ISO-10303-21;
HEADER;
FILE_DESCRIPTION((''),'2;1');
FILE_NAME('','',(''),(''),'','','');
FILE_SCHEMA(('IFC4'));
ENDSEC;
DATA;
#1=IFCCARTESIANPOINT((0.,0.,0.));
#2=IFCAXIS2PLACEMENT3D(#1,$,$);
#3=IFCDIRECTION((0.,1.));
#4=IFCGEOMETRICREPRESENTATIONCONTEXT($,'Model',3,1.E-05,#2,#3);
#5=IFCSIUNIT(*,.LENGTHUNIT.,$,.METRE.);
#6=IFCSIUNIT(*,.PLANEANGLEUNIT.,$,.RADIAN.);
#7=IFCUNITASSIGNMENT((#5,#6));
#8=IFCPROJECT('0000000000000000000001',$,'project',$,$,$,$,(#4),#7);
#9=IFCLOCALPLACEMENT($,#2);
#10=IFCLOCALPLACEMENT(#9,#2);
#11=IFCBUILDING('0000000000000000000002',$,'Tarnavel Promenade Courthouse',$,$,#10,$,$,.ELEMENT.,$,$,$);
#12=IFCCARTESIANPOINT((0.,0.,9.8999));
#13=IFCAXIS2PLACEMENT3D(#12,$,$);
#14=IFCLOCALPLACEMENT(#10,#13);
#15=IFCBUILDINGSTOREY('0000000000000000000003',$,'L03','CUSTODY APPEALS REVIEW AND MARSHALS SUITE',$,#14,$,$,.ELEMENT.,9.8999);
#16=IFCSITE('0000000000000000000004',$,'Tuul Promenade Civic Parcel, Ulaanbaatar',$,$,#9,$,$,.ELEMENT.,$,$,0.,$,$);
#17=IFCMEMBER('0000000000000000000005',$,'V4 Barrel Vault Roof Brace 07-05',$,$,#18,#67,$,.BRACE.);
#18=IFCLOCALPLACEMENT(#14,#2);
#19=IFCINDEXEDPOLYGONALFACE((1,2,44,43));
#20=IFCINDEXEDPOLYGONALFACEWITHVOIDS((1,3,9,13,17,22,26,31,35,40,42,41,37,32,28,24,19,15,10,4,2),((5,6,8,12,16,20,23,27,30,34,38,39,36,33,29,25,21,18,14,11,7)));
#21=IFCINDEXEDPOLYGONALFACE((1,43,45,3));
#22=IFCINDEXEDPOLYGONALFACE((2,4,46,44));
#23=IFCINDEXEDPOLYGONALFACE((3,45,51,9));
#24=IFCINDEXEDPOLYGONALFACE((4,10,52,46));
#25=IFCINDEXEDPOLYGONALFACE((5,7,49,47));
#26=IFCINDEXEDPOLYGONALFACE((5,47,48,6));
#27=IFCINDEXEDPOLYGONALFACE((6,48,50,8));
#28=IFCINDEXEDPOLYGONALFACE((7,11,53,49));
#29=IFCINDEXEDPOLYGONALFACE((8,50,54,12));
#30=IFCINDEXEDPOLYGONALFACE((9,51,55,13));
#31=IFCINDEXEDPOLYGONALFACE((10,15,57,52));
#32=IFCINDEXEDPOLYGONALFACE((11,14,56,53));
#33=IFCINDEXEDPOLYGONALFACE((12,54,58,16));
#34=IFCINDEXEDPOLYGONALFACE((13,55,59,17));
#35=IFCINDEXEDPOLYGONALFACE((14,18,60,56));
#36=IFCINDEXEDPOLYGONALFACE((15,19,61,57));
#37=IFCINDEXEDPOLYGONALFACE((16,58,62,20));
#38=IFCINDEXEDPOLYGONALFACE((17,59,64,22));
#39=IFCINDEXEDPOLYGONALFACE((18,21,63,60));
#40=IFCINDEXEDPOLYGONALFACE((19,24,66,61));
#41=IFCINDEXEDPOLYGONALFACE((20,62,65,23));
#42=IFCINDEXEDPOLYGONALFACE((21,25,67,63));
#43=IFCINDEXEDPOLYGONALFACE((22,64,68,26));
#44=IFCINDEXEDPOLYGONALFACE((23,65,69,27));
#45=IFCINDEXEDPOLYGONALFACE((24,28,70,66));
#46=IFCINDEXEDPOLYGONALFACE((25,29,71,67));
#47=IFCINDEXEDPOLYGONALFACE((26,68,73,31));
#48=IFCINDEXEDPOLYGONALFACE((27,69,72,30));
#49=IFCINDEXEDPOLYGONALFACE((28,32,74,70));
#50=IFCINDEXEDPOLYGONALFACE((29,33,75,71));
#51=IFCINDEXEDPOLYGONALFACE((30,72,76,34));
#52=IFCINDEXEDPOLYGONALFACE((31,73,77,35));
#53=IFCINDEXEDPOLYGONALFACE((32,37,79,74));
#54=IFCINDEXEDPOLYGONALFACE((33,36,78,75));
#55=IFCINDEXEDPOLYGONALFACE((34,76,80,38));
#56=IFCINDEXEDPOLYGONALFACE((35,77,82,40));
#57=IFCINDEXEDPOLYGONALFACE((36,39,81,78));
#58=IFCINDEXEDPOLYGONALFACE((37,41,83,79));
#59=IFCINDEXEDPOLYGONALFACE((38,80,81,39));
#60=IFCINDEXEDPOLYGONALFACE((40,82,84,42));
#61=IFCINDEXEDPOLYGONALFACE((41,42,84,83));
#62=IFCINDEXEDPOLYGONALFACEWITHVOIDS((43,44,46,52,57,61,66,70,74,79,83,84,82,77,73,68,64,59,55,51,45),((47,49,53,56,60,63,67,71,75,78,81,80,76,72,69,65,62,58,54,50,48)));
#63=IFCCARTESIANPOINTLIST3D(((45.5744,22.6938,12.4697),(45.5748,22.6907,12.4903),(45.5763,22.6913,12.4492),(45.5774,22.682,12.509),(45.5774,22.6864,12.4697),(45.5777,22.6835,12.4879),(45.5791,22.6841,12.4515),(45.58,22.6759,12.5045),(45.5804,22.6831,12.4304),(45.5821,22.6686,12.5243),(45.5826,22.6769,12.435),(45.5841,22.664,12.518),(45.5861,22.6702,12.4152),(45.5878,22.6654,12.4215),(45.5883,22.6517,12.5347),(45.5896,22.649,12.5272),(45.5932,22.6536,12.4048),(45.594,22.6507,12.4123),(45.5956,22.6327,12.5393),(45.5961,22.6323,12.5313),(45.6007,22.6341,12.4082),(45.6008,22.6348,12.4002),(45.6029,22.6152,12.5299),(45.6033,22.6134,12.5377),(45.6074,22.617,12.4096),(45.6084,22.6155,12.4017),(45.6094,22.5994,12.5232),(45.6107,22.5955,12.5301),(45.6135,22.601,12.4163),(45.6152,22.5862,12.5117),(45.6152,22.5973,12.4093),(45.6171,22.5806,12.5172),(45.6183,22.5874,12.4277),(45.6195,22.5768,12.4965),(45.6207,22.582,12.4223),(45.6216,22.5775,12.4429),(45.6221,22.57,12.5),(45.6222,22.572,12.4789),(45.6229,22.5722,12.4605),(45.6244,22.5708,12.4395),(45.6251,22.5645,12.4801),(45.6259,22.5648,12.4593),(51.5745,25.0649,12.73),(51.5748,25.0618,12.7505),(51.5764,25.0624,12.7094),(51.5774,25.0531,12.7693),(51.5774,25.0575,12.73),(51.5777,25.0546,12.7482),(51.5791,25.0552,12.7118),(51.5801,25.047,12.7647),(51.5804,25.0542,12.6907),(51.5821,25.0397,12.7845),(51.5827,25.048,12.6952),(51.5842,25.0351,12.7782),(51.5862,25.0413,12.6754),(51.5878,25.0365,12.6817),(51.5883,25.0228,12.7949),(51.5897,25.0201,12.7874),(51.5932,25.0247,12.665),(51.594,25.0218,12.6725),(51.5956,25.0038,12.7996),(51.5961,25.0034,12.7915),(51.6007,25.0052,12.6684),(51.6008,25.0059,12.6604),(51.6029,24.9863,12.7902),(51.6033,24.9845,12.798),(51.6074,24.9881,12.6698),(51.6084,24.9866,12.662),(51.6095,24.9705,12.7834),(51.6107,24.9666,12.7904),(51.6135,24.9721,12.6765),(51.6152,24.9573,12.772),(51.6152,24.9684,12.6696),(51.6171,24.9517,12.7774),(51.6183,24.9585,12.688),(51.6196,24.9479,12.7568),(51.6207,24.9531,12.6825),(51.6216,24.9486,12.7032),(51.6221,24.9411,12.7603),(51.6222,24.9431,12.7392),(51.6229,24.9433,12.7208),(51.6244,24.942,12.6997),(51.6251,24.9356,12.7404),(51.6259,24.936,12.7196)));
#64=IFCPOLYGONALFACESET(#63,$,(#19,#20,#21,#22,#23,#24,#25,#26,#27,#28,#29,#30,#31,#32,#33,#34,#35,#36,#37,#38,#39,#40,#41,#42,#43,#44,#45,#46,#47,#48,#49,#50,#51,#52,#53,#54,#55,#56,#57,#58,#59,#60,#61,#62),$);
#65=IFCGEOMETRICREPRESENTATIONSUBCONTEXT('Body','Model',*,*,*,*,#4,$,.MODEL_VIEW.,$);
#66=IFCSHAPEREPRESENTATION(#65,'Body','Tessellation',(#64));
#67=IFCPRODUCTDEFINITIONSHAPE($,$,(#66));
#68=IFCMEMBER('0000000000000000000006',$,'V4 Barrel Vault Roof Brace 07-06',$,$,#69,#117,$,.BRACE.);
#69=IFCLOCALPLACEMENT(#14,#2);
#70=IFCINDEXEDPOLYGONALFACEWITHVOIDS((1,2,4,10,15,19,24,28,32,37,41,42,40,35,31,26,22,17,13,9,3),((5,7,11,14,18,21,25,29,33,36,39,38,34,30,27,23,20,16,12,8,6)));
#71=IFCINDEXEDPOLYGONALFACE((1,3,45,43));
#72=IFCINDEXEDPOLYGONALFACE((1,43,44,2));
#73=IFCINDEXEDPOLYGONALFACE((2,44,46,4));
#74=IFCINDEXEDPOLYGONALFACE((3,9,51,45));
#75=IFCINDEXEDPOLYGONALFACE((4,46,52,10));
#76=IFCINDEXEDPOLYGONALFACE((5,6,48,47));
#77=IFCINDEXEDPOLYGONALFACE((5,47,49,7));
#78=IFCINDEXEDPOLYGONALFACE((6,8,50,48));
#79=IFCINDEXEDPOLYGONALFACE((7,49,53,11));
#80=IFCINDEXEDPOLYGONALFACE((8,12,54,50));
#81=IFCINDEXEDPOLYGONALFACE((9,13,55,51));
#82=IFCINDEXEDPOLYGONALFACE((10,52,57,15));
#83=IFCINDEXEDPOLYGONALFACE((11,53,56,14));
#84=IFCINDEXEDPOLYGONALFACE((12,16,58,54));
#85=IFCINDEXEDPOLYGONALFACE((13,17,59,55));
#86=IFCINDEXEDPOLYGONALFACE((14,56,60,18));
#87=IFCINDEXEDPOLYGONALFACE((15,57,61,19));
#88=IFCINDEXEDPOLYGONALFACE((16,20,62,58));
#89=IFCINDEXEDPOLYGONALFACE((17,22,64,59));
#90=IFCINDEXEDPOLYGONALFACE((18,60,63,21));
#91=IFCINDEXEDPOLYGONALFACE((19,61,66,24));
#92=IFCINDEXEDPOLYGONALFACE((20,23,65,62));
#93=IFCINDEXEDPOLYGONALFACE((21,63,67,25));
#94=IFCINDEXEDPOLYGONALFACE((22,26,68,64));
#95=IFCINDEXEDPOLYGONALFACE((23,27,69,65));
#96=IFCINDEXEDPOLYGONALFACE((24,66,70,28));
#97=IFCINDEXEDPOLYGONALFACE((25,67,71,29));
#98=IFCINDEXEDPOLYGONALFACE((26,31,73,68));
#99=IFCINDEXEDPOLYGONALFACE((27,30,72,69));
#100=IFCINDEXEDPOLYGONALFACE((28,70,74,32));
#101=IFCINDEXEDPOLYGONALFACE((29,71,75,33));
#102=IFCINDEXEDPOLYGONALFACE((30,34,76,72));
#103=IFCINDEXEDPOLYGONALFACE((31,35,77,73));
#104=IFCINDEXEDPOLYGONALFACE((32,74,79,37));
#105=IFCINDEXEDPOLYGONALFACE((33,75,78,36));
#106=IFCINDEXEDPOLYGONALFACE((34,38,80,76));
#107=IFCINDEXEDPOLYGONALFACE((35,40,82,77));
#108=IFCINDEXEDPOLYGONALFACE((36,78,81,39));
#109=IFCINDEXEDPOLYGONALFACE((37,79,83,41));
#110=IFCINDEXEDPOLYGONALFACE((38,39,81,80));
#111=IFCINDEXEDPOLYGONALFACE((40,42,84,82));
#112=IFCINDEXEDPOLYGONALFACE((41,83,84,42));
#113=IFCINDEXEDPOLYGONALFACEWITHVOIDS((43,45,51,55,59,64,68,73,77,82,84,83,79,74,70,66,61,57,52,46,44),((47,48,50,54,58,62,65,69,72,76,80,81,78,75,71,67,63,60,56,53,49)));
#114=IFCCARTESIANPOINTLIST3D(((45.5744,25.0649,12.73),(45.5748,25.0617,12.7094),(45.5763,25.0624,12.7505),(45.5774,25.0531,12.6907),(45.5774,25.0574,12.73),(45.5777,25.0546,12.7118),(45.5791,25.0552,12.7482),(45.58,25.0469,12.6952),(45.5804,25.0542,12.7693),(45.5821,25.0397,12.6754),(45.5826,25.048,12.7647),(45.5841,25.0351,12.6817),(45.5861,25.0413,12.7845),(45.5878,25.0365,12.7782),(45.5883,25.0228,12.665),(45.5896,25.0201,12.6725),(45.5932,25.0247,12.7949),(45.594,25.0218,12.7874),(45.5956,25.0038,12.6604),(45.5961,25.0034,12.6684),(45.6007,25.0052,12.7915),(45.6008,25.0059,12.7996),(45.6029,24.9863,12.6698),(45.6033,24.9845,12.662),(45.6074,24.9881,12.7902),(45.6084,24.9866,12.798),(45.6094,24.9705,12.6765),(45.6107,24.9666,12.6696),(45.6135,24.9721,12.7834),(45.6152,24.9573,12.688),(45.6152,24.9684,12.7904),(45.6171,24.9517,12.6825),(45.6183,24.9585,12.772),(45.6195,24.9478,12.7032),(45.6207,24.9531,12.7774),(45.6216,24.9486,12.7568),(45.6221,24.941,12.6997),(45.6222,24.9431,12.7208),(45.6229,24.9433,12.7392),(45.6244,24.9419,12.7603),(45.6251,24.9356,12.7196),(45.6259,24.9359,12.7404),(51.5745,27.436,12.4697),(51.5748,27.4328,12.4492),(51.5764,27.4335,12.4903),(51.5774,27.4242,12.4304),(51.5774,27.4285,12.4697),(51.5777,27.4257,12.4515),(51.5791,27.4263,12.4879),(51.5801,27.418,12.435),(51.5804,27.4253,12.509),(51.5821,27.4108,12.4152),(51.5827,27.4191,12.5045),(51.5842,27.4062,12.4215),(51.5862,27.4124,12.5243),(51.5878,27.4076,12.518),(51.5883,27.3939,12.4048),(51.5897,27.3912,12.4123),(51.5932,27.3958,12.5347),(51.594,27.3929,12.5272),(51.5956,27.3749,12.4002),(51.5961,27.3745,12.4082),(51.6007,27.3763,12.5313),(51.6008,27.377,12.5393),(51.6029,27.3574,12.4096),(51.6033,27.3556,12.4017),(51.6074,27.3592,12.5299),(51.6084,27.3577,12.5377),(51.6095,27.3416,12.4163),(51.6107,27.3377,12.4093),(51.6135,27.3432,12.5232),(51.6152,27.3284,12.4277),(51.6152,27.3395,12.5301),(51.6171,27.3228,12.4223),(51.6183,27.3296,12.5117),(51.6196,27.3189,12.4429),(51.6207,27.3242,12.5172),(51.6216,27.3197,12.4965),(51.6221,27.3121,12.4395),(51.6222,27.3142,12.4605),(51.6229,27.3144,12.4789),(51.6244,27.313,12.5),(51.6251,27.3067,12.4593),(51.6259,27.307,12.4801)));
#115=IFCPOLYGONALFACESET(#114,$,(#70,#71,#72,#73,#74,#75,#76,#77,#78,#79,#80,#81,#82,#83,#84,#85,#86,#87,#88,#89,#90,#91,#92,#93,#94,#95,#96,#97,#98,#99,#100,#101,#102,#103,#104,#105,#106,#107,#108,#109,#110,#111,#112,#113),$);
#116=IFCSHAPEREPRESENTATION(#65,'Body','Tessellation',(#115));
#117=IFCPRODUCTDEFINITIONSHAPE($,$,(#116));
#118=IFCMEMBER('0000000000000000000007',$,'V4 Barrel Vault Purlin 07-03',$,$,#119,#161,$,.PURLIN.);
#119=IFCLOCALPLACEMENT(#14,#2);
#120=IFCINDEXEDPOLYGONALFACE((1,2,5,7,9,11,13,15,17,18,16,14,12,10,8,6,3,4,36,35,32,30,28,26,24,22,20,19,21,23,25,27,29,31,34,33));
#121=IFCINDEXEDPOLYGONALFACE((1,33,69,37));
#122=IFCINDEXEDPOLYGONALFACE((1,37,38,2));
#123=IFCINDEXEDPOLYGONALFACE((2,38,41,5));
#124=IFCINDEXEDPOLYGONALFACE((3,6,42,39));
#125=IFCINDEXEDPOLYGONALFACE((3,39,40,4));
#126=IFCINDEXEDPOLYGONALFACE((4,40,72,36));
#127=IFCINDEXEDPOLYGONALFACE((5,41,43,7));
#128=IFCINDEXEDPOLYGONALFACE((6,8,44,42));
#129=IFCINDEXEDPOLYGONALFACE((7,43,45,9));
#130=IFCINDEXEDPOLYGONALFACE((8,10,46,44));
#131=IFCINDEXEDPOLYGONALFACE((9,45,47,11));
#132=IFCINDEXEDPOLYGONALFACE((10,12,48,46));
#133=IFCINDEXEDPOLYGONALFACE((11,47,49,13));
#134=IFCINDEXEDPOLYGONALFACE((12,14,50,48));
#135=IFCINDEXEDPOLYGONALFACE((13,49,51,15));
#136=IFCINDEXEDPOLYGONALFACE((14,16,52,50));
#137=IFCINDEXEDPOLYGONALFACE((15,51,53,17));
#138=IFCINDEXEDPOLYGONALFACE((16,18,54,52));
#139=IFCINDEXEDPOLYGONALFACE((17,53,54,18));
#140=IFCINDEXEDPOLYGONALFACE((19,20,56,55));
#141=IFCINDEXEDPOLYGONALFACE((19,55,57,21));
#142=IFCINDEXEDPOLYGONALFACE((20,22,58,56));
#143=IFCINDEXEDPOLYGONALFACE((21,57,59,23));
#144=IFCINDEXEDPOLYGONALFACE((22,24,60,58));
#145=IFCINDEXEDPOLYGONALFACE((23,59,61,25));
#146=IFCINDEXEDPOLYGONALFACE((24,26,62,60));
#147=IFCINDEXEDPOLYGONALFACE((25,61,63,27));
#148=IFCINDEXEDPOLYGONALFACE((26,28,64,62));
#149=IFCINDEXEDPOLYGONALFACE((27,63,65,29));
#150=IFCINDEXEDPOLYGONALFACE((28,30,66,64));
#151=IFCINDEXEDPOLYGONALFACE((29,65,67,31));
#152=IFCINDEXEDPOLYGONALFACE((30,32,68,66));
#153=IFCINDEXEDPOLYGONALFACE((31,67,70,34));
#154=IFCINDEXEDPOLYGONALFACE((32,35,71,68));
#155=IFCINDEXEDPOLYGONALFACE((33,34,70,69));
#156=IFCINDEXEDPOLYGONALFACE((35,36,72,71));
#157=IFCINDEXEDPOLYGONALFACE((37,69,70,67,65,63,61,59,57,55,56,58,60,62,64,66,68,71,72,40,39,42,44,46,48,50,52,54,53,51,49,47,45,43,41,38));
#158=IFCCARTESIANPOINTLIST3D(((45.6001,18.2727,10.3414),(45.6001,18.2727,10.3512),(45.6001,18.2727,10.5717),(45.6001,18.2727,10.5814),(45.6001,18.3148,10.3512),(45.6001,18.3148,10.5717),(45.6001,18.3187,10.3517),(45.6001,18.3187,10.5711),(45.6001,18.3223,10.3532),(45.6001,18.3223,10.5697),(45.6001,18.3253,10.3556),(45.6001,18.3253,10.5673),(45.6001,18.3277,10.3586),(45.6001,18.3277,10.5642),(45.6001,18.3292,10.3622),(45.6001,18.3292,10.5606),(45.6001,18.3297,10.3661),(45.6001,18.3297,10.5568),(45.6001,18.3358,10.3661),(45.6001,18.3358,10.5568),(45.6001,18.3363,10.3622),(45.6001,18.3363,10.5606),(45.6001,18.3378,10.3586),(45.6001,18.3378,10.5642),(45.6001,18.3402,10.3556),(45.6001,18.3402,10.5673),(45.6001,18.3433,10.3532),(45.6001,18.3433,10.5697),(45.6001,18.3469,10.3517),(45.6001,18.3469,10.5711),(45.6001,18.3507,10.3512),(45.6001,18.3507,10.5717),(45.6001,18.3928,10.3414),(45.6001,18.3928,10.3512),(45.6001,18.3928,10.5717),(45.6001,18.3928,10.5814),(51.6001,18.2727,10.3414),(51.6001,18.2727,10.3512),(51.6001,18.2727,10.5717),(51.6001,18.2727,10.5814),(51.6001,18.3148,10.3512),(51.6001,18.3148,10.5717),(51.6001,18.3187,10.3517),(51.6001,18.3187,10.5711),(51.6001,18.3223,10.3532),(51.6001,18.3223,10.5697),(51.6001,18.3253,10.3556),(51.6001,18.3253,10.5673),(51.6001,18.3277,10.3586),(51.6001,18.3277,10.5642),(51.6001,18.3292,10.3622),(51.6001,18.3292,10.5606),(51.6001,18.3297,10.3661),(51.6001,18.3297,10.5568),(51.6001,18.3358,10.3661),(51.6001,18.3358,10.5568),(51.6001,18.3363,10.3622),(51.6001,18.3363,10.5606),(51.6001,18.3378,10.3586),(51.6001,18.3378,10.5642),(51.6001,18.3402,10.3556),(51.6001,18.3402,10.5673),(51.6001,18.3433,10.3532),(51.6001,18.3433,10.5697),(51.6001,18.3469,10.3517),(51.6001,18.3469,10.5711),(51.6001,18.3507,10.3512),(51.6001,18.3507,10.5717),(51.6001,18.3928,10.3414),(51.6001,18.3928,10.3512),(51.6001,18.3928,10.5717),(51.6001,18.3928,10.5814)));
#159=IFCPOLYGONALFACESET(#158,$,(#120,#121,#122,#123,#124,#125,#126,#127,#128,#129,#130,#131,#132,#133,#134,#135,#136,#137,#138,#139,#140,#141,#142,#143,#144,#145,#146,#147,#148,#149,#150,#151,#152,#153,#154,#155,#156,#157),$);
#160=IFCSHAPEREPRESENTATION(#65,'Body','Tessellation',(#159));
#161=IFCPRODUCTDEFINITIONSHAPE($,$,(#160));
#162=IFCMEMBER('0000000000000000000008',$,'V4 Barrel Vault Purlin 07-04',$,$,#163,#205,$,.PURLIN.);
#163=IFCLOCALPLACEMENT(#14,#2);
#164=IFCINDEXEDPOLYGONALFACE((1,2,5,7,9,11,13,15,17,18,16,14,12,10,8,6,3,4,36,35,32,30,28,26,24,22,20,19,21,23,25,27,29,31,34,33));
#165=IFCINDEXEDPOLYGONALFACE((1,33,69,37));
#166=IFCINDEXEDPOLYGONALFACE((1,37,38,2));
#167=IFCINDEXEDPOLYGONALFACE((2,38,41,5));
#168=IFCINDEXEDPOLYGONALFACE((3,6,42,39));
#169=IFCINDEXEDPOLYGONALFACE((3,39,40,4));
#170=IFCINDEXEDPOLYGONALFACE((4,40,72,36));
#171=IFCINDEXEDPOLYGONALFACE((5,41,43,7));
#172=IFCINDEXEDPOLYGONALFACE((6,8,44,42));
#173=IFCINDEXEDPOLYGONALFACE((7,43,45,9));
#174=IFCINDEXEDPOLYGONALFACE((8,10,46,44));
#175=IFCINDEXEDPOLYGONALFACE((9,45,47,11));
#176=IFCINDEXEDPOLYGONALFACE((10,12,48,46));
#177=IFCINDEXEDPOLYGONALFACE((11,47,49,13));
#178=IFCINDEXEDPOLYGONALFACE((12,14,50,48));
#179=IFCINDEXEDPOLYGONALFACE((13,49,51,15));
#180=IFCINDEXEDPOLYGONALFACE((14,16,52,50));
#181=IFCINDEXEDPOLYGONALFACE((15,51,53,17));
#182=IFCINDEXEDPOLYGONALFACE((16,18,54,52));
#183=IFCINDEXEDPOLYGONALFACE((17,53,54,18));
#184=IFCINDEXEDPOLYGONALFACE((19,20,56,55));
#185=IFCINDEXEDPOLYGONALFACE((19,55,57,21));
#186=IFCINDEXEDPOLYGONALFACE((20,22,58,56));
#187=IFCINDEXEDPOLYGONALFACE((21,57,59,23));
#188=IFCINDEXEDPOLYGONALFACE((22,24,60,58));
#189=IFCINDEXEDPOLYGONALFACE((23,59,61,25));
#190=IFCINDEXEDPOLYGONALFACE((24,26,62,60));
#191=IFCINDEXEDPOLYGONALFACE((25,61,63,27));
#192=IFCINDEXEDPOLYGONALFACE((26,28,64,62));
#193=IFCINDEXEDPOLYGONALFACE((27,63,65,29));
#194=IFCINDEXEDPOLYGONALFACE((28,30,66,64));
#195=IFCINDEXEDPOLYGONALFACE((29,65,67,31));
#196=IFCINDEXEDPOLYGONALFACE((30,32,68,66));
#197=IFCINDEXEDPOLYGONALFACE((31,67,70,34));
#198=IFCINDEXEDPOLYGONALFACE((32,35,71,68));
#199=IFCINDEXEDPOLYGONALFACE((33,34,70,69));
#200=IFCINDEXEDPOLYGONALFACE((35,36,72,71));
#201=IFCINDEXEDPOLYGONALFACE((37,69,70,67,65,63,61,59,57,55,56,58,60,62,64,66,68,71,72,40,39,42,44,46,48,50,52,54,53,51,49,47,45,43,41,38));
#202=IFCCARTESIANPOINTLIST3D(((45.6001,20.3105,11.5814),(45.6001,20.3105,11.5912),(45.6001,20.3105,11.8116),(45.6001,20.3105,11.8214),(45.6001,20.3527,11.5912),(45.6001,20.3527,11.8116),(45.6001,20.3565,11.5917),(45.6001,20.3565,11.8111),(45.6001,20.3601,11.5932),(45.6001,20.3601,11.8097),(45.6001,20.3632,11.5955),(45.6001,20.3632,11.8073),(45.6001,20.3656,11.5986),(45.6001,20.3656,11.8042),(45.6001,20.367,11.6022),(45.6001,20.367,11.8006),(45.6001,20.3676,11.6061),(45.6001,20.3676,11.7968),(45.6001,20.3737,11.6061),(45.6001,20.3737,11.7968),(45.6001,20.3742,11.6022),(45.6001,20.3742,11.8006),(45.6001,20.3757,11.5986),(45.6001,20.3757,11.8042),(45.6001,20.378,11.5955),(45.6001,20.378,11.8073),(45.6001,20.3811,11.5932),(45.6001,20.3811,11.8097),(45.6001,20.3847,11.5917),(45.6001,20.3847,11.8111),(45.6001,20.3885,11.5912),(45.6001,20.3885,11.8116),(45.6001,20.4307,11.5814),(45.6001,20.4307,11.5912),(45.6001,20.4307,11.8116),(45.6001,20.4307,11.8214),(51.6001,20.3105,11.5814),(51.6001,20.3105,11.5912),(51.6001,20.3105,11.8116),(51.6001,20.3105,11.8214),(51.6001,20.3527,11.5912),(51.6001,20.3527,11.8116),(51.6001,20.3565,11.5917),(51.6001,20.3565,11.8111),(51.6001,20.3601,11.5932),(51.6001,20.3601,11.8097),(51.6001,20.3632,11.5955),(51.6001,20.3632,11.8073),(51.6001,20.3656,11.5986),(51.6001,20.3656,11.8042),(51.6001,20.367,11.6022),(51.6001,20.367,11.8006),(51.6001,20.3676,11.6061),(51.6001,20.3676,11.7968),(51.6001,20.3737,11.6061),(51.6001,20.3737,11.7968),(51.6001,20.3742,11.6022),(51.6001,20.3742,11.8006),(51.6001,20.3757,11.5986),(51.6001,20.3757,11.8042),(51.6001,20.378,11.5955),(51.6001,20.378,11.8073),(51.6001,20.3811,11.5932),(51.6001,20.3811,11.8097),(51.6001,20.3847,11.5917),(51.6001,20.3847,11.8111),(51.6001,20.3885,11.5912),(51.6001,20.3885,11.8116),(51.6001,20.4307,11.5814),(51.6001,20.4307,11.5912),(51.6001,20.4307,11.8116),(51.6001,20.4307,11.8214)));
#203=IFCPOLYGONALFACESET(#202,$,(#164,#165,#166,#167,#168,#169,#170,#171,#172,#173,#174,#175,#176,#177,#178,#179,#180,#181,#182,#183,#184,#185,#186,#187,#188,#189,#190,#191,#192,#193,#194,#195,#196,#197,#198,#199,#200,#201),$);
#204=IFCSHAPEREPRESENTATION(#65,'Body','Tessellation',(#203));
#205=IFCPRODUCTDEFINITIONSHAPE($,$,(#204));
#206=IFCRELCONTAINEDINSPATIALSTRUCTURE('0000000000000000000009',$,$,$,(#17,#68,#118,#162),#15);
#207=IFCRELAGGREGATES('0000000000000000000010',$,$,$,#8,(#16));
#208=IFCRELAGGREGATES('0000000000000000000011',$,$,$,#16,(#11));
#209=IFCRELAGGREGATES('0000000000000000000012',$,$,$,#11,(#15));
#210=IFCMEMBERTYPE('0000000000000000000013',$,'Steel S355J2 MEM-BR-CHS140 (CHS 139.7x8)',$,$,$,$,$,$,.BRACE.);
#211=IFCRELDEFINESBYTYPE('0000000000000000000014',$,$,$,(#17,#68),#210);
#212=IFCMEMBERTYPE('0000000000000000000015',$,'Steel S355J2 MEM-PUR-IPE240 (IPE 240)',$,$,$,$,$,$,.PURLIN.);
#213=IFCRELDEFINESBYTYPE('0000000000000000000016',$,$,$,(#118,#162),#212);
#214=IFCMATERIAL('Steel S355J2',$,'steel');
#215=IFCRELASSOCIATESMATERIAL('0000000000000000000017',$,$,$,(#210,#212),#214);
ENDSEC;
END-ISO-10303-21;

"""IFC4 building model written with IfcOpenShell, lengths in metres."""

from ifc_helpers import new_model, si_unit, direction, frame, origin, origin_2d, place, context, subcontext, project, spatial, hollow_circle, i_section, extrude, material, material_profile, profile_set, type_object, element, save


model = new_model("IFC4")

# Units and contexts
model_context = context("Model", 3, precision=1e-05, world=origin(), true_north=direction((0.0, 1.0)))
body_context = subcontext(model_context, "Body", "Model", "MODEL_VIEW")
ifc_project = project(units=[si_unit("LENGTHUNIT", "METRE"), si_unit("PLANEANGLEUNIT", "RADIAN")], contexts=[model_context])

# Site, building, storey
site_placement = place(None, origin())
site = spatial("IfcSite", under=ifc_project, at=site_placement, Name="Tuul Promenade Civic Parcel, Ulaanbaatar", CompositionType="ELEMENT", RefElevation=0.0)
building_placement = place(site_placement, origin())
building = spatial("IfcBuilding", under=site, at=building_placement, Name="Tarnavel Promenade Courthouse", CompositionType="ELEMENT")
storey_placement = place(building_placement, frame((0.0, 0.0, 9.8999)))
storey = spatial("IfcBuildingStorey", under=building, at=storey_placement, Name="L03", Description="CUSTODY APPEALS REVIEW AND MARSHALS SUITE", CompositionType="ELEMENT", Elevation=9.8999)

# Shared definitions
ifc_material_1 = material(Name="Steel S355J2", Category="steel")

# Members
ifc_material_profile_1 = material_profile(ifc_material_1, hollow_circle(Radius=0.0698, WallThickness=0.0081, at=origin_2d()), Name="CHS 139.7x8")
ifc_profile_set_1 = profile_set([ifc_material_profile_1], Name="Steel S355J2")
member_type_1 = type_object("IfcMemberType", Name="Steel S355J2 MEM-BR-CHS140 (CHS 139.7x8)", PredefinedType="BRACE", material=ifc_profile_set_1)
for number, where, z_axis, x_axis, name in (
    (1, (45.6001, 22.6289, 12.4697), (0.929258, 0.367226, 0.040307), (-0.367525, 0.930014, 0.0), "V4 Barrel Vault Roof Brace 07-05"),
    (2, (45.6001, 25.0, 12.73), (0.929258, 0.367226, -0.040307), (-0.367525, 0.930014, 0.0), "V4 Barrel Vault Roof Brace 07-06"),
):
    element("IfcMember", number, at=place(storey_placement, frame(where, z_axis=z_axis, x_axis=x_axis)), inside=storey, type_object=member_type_1, Name=name, PredefinedType="BRACE", context=body_context, shape_type="SweptSolid", body=[
        extrude(hollow_circle(Radius=0.0698, WallThickness=0.0081, at=origin_2d()), origin(), (0.0, 0.0, 1.0), 6.4568),
    ])
ifc_material_profile_2 = material_profile(ifc_material_1, i_section(OverallWidth=0.1201, OverallDepth=0.24, WebThickness=0.0061, FlangeThickness=0.0098, FilletRadius=0.0149, at=origin_2d()), Name="IPE 240")
ifc_profile_set_2 = profile_set([ifc_material_profile_2], Name="Steel S355J2")
member_type_2 = type_object("IfcMemberType", Name="Steel S355J2 MEM-PUR-IPE240 (IPE 240)", PredefinedType="PURLIN", material=ifc_profile_set_2)
for number, where, z_axis, x_axis, name in (
    (3, (45.6001, 18.3328, 10.4614), (1.0, 0.0, 0.0), (0.0, 1.0, 0.0), "V4 Barrel Vault Purlin 07-03"),
    (4, (45.6001, 20.3706, 11.7014), (1.0, 0.0, 0.0), (0.0, 1.0, 0.0), "V4 Barrel Vault Purlin 07-04"),
):
    element("IfcMember", number, at=place(storey_placement, frame(where, z_axis=z_axis, x_axis=x_axis)), inside=storey, type_object=member_type_2, Name=name, PredefinedType="PURLIN", context=body_context, shape_type="SweptSolid", body=[
        extrude(i_section(OverallWidth=0.1201, OverallDepth=0.24, WebThickness=0.0061, FlangeThickness=0.0098, FilletRadius=0.0149, at=origin_2d()), origin(), (0.0, 0.0, 1.0), 6.0),
    ])

save(model, "model.ifc")
